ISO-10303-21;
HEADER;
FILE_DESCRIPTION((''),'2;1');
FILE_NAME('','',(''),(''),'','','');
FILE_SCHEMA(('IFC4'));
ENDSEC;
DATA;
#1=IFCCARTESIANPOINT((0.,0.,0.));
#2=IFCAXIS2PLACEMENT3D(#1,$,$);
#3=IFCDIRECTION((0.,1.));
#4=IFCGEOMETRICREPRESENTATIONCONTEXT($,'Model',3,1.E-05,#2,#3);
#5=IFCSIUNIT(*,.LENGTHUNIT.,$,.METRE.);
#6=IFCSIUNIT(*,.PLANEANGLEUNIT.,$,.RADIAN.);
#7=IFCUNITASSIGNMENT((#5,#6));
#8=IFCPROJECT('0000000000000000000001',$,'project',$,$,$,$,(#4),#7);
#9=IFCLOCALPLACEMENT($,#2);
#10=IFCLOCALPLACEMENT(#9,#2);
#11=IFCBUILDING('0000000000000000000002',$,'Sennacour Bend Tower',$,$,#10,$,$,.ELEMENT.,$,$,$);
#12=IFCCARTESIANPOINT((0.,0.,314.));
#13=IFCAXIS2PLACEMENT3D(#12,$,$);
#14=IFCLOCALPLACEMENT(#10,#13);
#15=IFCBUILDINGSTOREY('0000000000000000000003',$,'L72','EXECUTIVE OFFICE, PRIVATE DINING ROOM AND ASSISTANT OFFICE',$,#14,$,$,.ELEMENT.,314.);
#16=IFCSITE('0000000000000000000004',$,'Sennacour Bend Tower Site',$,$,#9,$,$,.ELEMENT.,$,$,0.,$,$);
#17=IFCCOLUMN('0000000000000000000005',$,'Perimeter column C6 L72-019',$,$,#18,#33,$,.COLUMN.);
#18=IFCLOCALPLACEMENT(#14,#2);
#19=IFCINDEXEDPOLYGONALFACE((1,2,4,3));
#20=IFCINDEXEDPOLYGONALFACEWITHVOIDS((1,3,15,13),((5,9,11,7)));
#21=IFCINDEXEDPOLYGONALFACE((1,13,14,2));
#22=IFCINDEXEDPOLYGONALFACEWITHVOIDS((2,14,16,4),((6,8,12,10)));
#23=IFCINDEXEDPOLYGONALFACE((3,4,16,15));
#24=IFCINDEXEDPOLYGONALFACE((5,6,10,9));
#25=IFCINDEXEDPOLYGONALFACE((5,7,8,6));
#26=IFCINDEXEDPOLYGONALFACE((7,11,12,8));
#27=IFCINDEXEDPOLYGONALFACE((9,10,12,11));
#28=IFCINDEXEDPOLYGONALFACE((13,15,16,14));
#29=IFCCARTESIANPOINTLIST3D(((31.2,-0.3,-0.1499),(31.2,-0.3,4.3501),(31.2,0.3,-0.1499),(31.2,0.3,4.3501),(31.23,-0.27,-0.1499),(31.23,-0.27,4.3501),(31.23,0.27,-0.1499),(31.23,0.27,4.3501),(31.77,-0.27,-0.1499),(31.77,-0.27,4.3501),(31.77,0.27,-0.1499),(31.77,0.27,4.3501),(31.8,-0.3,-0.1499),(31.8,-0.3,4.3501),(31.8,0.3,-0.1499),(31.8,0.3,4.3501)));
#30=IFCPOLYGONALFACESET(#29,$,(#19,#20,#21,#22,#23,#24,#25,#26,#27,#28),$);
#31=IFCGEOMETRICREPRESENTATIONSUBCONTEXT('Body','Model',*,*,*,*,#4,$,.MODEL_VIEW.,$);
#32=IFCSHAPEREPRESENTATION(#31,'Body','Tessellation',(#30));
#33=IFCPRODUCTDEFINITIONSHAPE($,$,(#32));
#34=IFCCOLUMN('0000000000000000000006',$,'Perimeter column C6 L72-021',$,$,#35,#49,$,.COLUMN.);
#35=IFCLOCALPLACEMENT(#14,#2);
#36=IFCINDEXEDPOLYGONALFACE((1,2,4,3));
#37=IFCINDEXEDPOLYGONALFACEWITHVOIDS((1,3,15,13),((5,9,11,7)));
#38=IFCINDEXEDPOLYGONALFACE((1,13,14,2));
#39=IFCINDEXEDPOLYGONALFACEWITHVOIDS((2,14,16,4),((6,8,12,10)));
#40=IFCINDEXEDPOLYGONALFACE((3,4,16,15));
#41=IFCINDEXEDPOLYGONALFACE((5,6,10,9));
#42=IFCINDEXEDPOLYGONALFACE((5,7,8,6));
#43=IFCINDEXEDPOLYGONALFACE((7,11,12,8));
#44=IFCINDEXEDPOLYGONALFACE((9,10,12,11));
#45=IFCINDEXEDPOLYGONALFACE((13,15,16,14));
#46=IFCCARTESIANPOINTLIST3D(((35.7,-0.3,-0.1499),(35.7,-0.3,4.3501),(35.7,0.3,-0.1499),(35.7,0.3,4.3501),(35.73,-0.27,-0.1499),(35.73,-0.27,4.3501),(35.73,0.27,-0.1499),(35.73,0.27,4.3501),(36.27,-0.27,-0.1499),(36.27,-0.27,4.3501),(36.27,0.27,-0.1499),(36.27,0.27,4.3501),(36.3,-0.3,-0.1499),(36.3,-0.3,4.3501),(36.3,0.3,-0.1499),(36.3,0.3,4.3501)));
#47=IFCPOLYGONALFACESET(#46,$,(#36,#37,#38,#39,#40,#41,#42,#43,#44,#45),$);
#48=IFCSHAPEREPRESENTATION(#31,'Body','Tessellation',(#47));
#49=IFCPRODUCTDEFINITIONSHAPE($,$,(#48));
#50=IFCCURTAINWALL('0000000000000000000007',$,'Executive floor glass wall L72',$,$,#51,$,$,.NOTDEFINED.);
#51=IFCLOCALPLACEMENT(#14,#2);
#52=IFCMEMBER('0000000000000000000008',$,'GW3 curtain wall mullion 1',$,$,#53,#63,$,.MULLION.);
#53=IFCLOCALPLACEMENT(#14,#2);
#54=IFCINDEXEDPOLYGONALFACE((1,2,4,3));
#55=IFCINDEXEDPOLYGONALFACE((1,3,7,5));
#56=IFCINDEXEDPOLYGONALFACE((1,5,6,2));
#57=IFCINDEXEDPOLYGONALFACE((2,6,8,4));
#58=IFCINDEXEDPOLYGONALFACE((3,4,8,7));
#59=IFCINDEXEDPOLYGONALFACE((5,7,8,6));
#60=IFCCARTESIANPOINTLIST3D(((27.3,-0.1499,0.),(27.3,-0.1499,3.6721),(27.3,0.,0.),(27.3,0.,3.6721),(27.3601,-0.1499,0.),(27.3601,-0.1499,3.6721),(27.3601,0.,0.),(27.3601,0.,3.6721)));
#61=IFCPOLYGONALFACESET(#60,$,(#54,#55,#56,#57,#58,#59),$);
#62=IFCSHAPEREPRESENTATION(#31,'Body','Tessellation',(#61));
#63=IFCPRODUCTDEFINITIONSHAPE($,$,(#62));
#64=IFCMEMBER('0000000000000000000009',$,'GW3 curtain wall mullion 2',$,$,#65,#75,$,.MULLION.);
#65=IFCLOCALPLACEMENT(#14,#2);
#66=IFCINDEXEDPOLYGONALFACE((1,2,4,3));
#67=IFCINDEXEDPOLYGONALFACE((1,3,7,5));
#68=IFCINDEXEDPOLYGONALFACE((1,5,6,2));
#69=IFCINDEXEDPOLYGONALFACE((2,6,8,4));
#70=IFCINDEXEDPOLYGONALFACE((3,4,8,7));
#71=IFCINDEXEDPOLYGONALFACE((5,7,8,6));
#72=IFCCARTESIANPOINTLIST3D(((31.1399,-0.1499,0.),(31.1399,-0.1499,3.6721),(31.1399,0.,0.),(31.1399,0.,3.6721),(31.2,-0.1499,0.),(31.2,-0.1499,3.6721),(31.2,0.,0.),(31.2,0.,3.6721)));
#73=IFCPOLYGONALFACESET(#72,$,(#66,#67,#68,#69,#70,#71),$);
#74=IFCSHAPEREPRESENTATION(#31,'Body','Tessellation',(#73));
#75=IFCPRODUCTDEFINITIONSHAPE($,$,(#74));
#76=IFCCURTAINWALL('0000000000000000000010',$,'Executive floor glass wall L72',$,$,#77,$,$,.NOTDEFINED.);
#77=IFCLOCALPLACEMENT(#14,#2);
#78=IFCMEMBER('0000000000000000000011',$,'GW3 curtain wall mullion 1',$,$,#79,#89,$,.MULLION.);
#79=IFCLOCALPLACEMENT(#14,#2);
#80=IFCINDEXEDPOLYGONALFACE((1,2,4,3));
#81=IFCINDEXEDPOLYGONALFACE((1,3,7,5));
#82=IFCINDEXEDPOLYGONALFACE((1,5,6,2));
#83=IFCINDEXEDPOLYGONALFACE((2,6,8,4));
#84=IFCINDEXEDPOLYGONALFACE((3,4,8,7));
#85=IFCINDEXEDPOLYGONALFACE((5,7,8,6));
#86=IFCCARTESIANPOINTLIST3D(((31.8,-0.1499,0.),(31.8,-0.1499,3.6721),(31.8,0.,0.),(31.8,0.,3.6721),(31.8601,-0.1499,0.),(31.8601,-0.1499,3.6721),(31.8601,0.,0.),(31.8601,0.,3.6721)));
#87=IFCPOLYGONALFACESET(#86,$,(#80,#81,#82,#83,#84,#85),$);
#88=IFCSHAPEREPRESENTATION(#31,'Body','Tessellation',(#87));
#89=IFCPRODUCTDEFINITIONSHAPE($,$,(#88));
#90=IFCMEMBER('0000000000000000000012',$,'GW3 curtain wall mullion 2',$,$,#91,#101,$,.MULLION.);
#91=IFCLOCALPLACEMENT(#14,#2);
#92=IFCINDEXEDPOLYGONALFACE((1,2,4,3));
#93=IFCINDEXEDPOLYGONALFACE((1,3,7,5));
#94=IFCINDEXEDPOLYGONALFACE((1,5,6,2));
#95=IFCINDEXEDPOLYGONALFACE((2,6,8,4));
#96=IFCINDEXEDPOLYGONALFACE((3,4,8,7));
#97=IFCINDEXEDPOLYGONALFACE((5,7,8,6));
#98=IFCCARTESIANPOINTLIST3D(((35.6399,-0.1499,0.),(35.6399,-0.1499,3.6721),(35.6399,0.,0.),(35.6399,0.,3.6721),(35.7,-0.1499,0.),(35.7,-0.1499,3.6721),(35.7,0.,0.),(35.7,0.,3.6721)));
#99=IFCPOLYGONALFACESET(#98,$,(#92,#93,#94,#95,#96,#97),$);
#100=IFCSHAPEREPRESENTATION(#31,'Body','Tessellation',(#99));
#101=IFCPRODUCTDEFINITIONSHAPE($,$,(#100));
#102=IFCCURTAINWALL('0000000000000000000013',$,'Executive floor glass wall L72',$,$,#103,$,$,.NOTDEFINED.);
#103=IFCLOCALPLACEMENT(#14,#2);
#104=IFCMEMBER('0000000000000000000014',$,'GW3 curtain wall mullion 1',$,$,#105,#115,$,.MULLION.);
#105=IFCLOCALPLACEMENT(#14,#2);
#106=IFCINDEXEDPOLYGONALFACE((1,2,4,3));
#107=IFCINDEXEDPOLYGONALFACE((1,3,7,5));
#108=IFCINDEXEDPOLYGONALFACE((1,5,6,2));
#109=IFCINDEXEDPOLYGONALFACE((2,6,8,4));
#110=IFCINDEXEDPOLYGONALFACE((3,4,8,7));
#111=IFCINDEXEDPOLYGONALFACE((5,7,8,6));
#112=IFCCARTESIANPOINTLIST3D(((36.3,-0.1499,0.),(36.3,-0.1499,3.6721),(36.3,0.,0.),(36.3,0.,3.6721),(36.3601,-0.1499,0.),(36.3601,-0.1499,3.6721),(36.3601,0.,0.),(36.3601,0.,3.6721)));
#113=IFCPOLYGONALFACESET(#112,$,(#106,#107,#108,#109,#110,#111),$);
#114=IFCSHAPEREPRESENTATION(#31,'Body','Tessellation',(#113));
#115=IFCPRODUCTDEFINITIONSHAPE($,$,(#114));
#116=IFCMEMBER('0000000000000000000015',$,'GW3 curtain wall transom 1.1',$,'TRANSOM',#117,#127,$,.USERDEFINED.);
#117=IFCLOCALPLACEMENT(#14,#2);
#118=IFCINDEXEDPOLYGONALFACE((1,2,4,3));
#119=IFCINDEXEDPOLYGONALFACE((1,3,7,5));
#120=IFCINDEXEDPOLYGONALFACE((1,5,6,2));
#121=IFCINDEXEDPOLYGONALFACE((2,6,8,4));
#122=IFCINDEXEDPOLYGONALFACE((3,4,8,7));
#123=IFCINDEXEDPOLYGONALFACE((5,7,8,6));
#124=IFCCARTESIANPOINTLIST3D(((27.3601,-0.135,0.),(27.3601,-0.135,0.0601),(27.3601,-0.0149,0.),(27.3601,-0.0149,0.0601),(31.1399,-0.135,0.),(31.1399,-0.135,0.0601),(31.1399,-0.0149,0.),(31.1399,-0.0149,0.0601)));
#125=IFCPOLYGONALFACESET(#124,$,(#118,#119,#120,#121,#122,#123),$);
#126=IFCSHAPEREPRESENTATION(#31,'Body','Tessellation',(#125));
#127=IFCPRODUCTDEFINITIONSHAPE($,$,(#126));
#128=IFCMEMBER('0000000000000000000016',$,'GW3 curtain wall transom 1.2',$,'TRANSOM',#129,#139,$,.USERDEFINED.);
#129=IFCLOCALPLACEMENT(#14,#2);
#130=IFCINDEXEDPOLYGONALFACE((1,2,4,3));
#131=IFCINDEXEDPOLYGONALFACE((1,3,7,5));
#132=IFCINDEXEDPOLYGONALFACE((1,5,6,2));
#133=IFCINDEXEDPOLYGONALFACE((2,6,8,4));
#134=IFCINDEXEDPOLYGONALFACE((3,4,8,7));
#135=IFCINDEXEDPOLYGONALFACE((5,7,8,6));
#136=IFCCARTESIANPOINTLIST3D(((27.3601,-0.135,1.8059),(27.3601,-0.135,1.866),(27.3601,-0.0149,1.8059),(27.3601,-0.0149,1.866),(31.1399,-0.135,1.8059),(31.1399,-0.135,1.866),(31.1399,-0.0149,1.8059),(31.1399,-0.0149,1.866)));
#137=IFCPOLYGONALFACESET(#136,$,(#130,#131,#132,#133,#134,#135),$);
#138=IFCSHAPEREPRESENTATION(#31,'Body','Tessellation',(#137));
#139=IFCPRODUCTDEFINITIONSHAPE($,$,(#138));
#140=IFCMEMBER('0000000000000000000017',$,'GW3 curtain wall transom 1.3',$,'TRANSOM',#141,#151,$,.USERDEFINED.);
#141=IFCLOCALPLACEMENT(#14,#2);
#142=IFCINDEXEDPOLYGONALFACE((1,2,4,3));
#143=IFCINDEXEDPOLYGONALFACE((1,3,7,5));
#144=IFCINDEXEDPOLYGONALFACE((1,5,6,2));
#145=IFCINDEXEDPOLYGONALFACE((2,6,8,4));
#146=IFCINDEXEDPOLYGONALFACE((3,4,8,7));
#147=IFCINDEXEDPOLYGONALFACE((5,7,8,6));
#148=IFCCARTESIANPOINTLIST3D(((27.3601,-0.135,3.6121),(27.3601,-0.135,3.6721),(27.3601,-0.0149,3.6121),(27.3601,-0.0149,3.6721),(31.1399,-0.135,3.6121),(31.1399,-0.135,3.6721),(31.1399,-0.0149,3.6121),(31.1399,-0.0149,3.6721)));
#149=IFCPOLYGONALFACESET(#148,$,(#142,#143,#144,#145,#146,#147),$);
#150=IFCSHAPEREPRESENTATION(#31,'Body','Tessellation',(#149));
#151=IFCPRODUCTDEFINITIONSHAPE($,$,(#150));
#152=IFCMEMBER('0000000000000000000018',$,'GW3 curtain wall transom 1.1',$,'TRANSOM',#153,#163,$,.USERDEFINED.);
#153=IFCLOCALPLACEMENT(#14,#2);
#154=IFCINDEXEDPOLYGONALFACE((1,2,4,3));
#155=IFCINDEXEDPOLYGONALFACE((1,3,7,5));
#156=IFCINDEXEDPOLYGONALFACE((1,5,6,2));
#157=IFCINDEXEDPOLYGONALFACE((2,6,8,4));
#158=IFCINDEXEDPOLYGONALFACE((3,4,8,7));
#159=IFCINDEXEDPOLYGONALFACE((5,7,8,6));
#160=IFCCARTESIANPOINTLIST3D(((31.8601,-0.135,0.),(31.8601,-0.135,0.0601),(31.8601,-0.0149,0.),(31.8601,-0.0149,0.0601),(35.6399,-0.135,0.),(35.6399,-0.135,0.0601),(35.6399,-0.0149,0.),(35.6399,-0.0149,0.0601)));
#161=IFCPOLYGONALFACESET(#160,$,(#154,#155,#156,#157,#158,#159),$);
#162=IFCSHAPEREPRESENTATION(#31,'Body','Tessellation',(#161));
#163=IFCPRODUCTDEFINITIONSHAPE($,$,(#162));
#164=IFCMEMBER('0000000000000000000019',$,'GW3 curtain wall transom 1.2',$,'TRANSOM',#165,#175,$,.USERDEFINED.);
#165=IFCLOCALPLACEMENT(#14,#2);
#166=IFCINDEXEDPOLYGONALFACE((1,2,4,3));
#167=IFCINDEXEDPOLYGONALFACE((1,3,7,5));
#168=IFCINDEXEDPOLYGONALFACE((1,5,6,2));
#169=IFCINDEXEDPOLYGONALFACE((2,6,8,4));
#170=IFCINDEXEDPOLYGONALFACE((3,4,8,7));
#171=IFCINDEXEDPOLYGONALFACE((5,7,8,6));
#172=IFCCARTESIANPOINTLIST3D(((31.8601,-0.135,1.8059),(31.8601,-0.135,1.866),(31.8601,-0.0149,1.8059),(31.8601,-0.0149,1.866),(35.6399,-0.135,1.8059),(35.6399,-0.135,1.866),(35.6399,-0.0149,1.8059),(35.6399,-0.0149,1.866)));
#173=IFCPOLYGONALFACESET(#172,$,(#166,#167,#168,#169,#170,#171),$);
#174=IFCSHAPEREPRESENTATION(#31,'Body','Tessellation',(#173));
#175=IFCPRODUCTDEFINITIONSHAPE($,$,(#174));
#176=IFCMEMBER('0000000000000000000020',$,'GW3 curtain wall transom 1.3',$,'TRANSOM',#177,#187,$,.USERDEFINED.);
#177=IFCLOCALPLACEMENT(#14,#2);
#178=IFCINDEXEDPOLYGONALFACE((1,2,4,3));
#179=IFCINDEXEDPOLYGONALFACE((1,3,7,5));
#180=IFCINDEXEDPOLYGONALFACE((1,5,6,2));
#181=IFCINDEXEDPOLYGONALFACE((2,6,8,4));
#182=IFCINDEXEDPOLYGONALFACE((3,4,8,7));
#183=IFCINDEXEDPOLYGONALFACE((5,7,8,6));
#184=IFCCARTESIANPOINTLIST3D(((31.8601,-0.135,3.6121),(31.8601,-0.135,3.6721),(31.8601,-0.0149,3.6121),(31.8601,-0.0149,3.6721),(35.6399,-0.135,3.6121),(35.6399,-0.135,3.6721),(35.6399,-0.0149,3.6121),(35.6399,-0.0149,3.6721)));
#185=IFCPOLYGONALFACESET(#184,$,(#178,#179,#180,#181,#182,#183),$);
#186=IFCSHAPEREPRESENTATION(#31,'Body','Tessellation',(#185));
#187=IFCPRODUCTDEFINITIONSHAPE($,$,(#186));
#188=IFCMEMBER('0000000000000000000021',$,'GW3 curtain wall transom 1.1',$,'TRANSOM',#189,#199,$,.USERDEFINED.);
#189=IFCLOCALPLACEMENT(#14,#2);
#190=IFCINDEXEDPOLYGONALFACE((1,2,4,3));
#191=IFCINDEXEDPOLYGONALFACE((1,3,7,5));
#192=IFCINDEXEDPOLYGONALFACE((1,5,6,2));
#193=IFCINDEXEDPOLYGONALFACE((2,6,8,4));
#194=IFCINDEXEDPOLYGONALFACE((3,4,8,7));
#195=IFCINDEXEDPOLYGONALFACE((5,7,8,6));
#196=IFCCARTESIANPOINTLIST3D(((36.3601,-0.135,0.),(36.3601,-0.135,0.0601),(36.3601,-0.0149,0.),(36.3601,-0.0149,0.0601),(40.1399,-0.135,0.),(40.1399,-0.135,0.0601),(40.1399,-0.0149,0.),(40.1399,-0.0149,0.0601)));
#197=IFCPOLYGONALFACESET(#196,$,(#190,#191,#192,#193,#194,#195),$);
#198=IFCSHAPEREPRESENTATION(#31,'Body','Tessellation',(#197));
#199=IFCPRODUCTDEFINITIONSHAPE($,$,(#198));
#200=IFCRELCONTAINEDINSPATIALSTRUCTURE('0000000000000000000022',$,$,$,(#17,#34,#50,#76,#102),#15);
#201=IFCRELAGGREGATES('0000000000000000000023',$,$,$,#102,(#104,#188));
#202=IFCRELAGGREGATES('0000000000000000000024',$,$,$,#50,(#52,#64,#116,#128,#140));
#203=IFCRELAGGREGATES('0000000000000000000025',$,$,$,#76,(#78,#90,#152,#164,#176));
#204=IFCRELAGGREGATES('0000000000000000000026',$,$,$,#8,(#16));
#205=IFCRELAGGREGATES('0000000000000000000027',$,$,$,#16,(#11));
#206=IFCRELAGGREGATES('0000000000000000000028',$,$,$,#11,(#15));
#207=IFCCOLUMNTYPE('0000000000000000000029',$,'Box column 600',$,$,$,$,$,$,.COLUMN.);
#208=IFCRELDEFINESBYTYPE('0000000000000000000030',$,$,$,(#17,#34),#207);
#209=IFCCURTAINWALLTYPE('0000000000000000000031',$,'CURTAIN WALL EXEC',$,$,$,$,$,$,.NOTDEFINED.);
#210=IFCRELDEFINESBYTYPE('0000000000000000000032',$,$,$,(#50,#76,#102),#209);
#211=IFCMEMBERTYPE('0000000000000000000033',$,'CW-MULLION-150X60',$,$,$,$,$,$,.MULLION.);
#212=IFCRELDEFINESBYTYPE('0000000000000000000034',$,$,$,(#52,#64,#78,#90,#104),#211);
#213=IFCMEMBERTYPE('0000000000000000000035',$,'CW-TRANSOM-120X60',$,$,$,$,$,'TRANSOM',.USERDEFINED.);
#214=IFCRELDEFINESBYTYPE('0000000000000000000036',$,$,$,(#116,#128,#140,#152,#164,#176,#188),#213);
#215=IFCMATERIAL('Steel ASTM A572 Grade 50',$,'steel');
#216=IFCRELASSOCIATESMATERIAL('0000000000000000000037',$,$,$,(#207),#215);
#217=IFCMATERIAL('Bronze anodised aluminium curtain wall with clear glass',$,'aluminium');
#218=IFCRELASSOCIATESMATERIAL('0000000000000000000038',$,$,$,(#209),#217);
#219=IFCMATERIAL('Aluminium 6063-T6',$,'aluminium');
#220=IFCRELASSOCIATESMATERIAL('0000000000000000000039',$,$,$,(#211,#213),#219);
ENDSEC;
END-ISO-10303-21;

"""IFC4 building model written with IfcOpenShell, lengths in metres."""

from ifc_helpers import new_model, si_unit, direction, frame, origin, origin_2d, place, context, subcontext, project, spatial, rectangle, hollow_rectangle, extrude, material, material_profile, profile_set, type_object, element, aggregate, save


model = new_model("IFC4")

# Units and contexts
model_context = context("Model", 3, precision=1e-05, world=origin(), true_north=direction((0.0, 1.0)))
body_context = subcontext(model_context, "Body", "Model", "MODEL_VIEW")
ifc_project = project(units=[si_unit("LENGTHUNIT", "METRE"), si_unit("PLANEANGLEUNIT", "RADIAN")], contexts=[model_context])

# Site, building, storey
site_placement = place(None, origin())
site = spatial("IfcSite", under=ifc_project, at=site_placement, Name="Sennacour Bend Tower Site", CompositionType="ELEMENT", RefElevation=0.0)
building_placement = place(site_placement, origin())
building = spatial("IfcBuilding", under=site, at=building_placement, Name="Sennacour Bend Tower", CompositionType="ELEMENT")
storey_placement = place(building_placement, frame((0.0, 0.0, 314.0)))
storey = spatial("IfcBuildingStorey", under=building, at=storey_placement, Name="L72", Description="EXECUTIVE OFFICE, PRIVATE DINING ROOM AND ASSISTANT OFFICE", CompositionType="ELEMENT", Elevation=314.0)

# Columns
ifc_material_1 = material(Name="Steel ASTM A572 Grade 50", Category="steel")
ifc_material_profile_1 = material_profile(ifc_material_1, hollow_rectangle(XDim=0.6001, YDim=0.6001, WallThickness=0.03, at=origin_2d()), Name="Steel ASTM A572 Grade 50", Category="steel")
ifc_profile_set_1 = profile_set([ifc_material_profile_1], Name="Steel ASTM A572 Grade 50")
column_type = type_object("IfcColumnType", Name="Box column 600", PredefinedType="COLUMN", material=ifc_profile_set_1)
for number, where, z_axis, x_axis, name in (
    (1, (31.5, 0.0, -0.1499), (0.0, 0.0, 1.0), (1.0, 0.0, 0.0), "Perimeter column C6 L72-019"),
    (2, (36.0, 0.0, -0.1499), (0.0, 0.0, 1.0), (1.0, 0.0, 0.0), "Perimeter column C6 L72-021"),
):
    element("IfcColumn", number, at=place(storey_placement, frame(where, z_axis=z_axis, x_axis=x_axis)), inside=storey, type_object=column_type, Name=name, PredefinedType="COLUMN", context=body_context, shape_type="SweptSolid", body=[
        extrude(hollow_rectangle(XDim=0.6001, YDim=0.6001, WallThickness=0.03, at=origin_2d()), origin(), (0.0, 0.0, 1.0), 4.5),
    ])

# Curtain walls, members
ifc_material_2 = material(Name="Bronze anodised aluminium curtain wall with clear glass", Category="aluminium")
curtain_wall_type = type_object("IfcCurtainWallType", Name="CURTAIN WALL EXEC", PredefinedType="NOTDEFINED", material=ifc_material_2)
curtain_wall_1_placement = place(storey_placement, origin())
curtain_wall_1 = element("IfcCurtainWall", 3, at=curtain_wall_1_placement, inside=storey, type_object=curtain_wall_type, Name="Executive floor glass wall L72", PredefinedType="NOTDEFINED")
ifc_material_3 = material(Name="Aluminium 6063-T6", Category="aluminium")
ifc_material_profile_2 = material_profile(ifc_material_3, rectangle(XDim=0.1499, YDim=0.0601, at=origin_2d()), Name="Aluminium 6063-T6", Category="aluminium")
ifc_profile_set_2 = profile_set([ifc_material_profile_2], Name="Aluminium 6063-T6")
member_type_1 = type_object("IfcMemberType", Name="CW-MULLION-150X60", PredefinedType="MULLION", material=ifc_profile_set_2)
member_1_placement = place(storey_placement, frame((27.3301, -0.075, 0.0), z_axis=(0.0, 0.0, 1.0), x_axis=(0.0, 1.0, 0.0)))
member_1 = element("IfcMember", 4, at=member_1_placement, type_object=member_type_1, Name="GW3 curtain wall mullion 1", PredefinedType="MULLION", context=body_context, shape_type="SweptSolid", body=[
    extrude(rectangle(XDim=0.1499, YDim=0.0601, at=origin_2d()), origin(), (0.0, 0.0, 1.0), 3.6721),
])
member_2_placement = place(storey_placement, frame((31.1699, -0.075, 0.0), z_axis=(0.0, 0.0, 1.0), x_axis=(0.0, 1.0, 0.0)))
member_2 = element("IfcMember", 5, at=member_2_placement, type_object=member_type_1, Name="GW3 curtain wall mullion 2", PredefinedType="MULLION", context=body_context, shape_type="SweptSolid", body=[
    extrude(rectangle(XDim=0.1499, YDim=0.0601, at=origin_2d()), origin(), (0.0, 0.0, 1.0), 3.6721),
])
curtain_wall_2_placement = place(storey_placement, origin())
curtain_wall_2 = element("IfcCurtainWall", 6, at=curtain_wall_2_placement, inside=storey, type_object=curtain_wall_type, Name="Executive floor glass wall L72", PredefinedType="NOTDEFINED")
member_3_placement = place(storey_placement, frame((31.8301, -0.075, 0.0), z_axis=(0.0, 0.0, 1.0), x_axis=(0.0, 1.0, 0.0)))
member_3 = element("IfcMember", 7, at=member_3_placement, type_object=member_type_1, Name="GW3 curtain wall mullion 1", PredefinedType="MULLION", context=body_context, shape_type="SweptSolid", body=[
    extrude(rectangle(XDim=0.1499, YDim=0.0601, at=origin_2d()), origin(), (0.0, 0.0, 1.0), 3.6721),
])
member_4_placement = place(storey_placement, frame((35.6699, -0.075, 0.0), z_axis=(0.0, 0.0, 1.0), x_axis=(0.0, 1.0, 0.0)))
member_4 = element("IfcMember", 8, at=member_4_placement, type_object=member_type_1, Name="GW3 curtain wall mullion 2", PredefinedType="MULLION", context=body_context, shape_type="SweptSolid", body=[
    extrude(rectangle(XDim=0.1499, YDim=0.0601, at=origin_2d()), origin(), (0.0, 0.0, 1.0), 3.6721),
])

# Curtain wall, member
curtain_wall_3_placement = place(storey_placement, origin())
curtain_wall_3 = element("IfcCurtainWall", 9, at=curtain_wall_3_placement, inside=storey, type_object=curtain_wall_type, Name="Executive floor glass wall L72", PredefinedType="NOTDEFINED")
member_5_placement = place(storey_placement, frame((36.3301, -0.075, 0.0), z_axis=(0.0, 0.0, 1.0), x_axis=(0.0, 1.0, 0.0)))
member_5 = element("IfcMember", 10, at=member_5_placement, type_object=member_type_1, Name="GW3 curtain wall mullion 1", PredefinedType="MULLION", context=body_context, shape_type="SweptSolid", body=[
    extrude(rectangle(XDim=0.1499, YDim=0.0601, at=origin_2d()), origin(), (0.0, 0.0, 1.0), 3.6721),
])

# Members
ifc_material_profile_3 = material_profile(ifc_material_3, rectangle(XDim=0.1201, YDim=0.0601, at=origin_2d()), Name="Aluminium 6063-T6", Category="aluminium")
ifc_profile_set_3 = profile_set([ifc_material_profile_3], Name="Aluminium 6063-T6")
member_type_2 = type_object("IfcMemberType", Name="CW-TRANSOM-120X60", ElementType="TRANSOM", PredefinedType="USERDEFINED", material=ifc_profile_set_3)
member_6_placement = place(storey_placement, frame((27.3601, -0.075, 0.03), z_axis=(1.0, 0.0, 0.0), x_axis=(0.0, 1.0, 0.0)))
member_6 = element("IfcMember", 11, at=member_6_placement, type_object=member_type_2, Name="GW3 curtain wall transom 1.1", ObjectType="TRANSOM", PredefinedType="USERDEFINED", context=body_context, shape_type="SweptSolid", body=[
    extrude(rectangle(XDim=0.1201, YDim=0.0601, at=origin_2d()), origin(), (0.0, 0.0, 1.0), 3.7798),
])
member_7_placement = place(storey_placement, frame((27.3601, -0.075, 1.8359), z_axis=(1.0, 0.0, 0.0), x_axis=(0.0, 1.0, 0.0)))
member_7 = element("IfcMember", 12, at=member_7_placement, type_object=member_type_2, Name="GW3 curtain wall transom 1.2", ObjectType="TRANSOM", PredefinedType="USERDEFINED", context=body_context, shape_type="SweptSolid", body=[
    extrude(rectangle(XDim=0.1201, YDim=0.0601, at=origin_2d()), origin(), (0.0, 0.0, 1.0), 3.7798),
])
member_8_placement = place(storey_placement, frame((27.3601, -0.075, 3.6421), z_axis=(1.0, 0.0, 0.0), x_axis=(0.0, 1.0, 0.0)))
member_8 = element("IfcMember", 13, at=member_8_placement, type_object=member_type_2, Name="GW3 curtain wall transom 1.3", ObjectType="TRANSOM", PredefinedType="USERDEFINED", context=body_context, shape_type="SweptSolid", body=[
    extrude(rectangle(XDim=0.1201, YDim=0.0601, at=origin_2d()), origin(), (0.0, 0.0, 1.0), 3.7798),
])
member_9_placement = place(storey_placement, frame((31.8601, -0.075, 0.03), z_axis=(1.0, 0.0, 0.0), x_axis=(0.0, 1.0, 0.0)))
member_9 = element("IfcMember", 14, at=member_9_placement, type_object=member_type_2, Name="GW3 curtain wall transom 1.1", ObjectType="TRANSOM", PredefinedType="USERDEFINED", context=body_context, shape_type="SweptSolid", body=[
    extrude(rectangle(XDim=0.1201, YDim=0.0601, at=origin_2d()), origin(), (0.0, 0.0, 1.0), 3.7798),
])
member_10_placement = place(storey_placement, frame((31.8601, -0.075, 1.8359), z_axis=(1.0, 0.0, 0.0), x_axis=(0.0, 1.0, 0.0)))
member_10 = element("IfcMember", 15, at=member_10_placement, type_object=member_type_2, Name="GW3 curtain wall transom 1.2", ObjectType="TRANSOM", PredefinedType="USERDEFINED", context=body_context, shape_type="SweptSolid", body=[
    extrude(rectangle(XDim=0.1201, YDim=0.0601, at=origin_2d()), origin(), (0.0, 0.0, 1.0), 3.7798),
])
member_11_placement = place(storey_placement, frame((31.8601, -0.075, 3.6421), z_axis=(1.0, 0.0, 0.0), x_axis=(0.0, 1.0, 0.0)))
member_11 = element("IfcMember", 16, at=member_11_placement, type_object=member_type_2, Name="GW3 curtain wall transom 1.3", ObjectType="TRANSOM", PredefinedType="USERDEFINED", context=body_context, shape_type="SweptSolid", body=[
    extrude(rectangle(XDim=0.1201, YDim=0.0601, at=origin_2d()), origin(), (0.0, 0.0, 1.0), 3.7798),
])
member_12_placement = place(storey_placement, frame((36.3601, -0.075, 0.03), z_axis=(1.0, 0.0, 0.0), x_axis=(0.0, 1.0, 0.0)))
member_12 = element("IfcMember", 17, at=member_12_placement, type_object=member_type_2, Name="GW3 curtain wall transom 1.1", ObjectType="TRANSOM", PredefinedType="USERDEFINED", context=body_context, shape_type="SweptSolid", body=[
    extrude(rectangle(XDim=0.1201, YDim=0.0601, at=origin_2d()), origin(), (0.0, 0.0, 1.0), 3.7798),
])
aggregate(curtain_wall_3, [member_5, member_12])

aggregate(curtain_wall_1, [member_1, member_2, member_6, member_7, member_8])
aggregate(curtain_wall_2, [member_3, member_4, member_9, member_10, member_11])

save(model, "model.ifc")
